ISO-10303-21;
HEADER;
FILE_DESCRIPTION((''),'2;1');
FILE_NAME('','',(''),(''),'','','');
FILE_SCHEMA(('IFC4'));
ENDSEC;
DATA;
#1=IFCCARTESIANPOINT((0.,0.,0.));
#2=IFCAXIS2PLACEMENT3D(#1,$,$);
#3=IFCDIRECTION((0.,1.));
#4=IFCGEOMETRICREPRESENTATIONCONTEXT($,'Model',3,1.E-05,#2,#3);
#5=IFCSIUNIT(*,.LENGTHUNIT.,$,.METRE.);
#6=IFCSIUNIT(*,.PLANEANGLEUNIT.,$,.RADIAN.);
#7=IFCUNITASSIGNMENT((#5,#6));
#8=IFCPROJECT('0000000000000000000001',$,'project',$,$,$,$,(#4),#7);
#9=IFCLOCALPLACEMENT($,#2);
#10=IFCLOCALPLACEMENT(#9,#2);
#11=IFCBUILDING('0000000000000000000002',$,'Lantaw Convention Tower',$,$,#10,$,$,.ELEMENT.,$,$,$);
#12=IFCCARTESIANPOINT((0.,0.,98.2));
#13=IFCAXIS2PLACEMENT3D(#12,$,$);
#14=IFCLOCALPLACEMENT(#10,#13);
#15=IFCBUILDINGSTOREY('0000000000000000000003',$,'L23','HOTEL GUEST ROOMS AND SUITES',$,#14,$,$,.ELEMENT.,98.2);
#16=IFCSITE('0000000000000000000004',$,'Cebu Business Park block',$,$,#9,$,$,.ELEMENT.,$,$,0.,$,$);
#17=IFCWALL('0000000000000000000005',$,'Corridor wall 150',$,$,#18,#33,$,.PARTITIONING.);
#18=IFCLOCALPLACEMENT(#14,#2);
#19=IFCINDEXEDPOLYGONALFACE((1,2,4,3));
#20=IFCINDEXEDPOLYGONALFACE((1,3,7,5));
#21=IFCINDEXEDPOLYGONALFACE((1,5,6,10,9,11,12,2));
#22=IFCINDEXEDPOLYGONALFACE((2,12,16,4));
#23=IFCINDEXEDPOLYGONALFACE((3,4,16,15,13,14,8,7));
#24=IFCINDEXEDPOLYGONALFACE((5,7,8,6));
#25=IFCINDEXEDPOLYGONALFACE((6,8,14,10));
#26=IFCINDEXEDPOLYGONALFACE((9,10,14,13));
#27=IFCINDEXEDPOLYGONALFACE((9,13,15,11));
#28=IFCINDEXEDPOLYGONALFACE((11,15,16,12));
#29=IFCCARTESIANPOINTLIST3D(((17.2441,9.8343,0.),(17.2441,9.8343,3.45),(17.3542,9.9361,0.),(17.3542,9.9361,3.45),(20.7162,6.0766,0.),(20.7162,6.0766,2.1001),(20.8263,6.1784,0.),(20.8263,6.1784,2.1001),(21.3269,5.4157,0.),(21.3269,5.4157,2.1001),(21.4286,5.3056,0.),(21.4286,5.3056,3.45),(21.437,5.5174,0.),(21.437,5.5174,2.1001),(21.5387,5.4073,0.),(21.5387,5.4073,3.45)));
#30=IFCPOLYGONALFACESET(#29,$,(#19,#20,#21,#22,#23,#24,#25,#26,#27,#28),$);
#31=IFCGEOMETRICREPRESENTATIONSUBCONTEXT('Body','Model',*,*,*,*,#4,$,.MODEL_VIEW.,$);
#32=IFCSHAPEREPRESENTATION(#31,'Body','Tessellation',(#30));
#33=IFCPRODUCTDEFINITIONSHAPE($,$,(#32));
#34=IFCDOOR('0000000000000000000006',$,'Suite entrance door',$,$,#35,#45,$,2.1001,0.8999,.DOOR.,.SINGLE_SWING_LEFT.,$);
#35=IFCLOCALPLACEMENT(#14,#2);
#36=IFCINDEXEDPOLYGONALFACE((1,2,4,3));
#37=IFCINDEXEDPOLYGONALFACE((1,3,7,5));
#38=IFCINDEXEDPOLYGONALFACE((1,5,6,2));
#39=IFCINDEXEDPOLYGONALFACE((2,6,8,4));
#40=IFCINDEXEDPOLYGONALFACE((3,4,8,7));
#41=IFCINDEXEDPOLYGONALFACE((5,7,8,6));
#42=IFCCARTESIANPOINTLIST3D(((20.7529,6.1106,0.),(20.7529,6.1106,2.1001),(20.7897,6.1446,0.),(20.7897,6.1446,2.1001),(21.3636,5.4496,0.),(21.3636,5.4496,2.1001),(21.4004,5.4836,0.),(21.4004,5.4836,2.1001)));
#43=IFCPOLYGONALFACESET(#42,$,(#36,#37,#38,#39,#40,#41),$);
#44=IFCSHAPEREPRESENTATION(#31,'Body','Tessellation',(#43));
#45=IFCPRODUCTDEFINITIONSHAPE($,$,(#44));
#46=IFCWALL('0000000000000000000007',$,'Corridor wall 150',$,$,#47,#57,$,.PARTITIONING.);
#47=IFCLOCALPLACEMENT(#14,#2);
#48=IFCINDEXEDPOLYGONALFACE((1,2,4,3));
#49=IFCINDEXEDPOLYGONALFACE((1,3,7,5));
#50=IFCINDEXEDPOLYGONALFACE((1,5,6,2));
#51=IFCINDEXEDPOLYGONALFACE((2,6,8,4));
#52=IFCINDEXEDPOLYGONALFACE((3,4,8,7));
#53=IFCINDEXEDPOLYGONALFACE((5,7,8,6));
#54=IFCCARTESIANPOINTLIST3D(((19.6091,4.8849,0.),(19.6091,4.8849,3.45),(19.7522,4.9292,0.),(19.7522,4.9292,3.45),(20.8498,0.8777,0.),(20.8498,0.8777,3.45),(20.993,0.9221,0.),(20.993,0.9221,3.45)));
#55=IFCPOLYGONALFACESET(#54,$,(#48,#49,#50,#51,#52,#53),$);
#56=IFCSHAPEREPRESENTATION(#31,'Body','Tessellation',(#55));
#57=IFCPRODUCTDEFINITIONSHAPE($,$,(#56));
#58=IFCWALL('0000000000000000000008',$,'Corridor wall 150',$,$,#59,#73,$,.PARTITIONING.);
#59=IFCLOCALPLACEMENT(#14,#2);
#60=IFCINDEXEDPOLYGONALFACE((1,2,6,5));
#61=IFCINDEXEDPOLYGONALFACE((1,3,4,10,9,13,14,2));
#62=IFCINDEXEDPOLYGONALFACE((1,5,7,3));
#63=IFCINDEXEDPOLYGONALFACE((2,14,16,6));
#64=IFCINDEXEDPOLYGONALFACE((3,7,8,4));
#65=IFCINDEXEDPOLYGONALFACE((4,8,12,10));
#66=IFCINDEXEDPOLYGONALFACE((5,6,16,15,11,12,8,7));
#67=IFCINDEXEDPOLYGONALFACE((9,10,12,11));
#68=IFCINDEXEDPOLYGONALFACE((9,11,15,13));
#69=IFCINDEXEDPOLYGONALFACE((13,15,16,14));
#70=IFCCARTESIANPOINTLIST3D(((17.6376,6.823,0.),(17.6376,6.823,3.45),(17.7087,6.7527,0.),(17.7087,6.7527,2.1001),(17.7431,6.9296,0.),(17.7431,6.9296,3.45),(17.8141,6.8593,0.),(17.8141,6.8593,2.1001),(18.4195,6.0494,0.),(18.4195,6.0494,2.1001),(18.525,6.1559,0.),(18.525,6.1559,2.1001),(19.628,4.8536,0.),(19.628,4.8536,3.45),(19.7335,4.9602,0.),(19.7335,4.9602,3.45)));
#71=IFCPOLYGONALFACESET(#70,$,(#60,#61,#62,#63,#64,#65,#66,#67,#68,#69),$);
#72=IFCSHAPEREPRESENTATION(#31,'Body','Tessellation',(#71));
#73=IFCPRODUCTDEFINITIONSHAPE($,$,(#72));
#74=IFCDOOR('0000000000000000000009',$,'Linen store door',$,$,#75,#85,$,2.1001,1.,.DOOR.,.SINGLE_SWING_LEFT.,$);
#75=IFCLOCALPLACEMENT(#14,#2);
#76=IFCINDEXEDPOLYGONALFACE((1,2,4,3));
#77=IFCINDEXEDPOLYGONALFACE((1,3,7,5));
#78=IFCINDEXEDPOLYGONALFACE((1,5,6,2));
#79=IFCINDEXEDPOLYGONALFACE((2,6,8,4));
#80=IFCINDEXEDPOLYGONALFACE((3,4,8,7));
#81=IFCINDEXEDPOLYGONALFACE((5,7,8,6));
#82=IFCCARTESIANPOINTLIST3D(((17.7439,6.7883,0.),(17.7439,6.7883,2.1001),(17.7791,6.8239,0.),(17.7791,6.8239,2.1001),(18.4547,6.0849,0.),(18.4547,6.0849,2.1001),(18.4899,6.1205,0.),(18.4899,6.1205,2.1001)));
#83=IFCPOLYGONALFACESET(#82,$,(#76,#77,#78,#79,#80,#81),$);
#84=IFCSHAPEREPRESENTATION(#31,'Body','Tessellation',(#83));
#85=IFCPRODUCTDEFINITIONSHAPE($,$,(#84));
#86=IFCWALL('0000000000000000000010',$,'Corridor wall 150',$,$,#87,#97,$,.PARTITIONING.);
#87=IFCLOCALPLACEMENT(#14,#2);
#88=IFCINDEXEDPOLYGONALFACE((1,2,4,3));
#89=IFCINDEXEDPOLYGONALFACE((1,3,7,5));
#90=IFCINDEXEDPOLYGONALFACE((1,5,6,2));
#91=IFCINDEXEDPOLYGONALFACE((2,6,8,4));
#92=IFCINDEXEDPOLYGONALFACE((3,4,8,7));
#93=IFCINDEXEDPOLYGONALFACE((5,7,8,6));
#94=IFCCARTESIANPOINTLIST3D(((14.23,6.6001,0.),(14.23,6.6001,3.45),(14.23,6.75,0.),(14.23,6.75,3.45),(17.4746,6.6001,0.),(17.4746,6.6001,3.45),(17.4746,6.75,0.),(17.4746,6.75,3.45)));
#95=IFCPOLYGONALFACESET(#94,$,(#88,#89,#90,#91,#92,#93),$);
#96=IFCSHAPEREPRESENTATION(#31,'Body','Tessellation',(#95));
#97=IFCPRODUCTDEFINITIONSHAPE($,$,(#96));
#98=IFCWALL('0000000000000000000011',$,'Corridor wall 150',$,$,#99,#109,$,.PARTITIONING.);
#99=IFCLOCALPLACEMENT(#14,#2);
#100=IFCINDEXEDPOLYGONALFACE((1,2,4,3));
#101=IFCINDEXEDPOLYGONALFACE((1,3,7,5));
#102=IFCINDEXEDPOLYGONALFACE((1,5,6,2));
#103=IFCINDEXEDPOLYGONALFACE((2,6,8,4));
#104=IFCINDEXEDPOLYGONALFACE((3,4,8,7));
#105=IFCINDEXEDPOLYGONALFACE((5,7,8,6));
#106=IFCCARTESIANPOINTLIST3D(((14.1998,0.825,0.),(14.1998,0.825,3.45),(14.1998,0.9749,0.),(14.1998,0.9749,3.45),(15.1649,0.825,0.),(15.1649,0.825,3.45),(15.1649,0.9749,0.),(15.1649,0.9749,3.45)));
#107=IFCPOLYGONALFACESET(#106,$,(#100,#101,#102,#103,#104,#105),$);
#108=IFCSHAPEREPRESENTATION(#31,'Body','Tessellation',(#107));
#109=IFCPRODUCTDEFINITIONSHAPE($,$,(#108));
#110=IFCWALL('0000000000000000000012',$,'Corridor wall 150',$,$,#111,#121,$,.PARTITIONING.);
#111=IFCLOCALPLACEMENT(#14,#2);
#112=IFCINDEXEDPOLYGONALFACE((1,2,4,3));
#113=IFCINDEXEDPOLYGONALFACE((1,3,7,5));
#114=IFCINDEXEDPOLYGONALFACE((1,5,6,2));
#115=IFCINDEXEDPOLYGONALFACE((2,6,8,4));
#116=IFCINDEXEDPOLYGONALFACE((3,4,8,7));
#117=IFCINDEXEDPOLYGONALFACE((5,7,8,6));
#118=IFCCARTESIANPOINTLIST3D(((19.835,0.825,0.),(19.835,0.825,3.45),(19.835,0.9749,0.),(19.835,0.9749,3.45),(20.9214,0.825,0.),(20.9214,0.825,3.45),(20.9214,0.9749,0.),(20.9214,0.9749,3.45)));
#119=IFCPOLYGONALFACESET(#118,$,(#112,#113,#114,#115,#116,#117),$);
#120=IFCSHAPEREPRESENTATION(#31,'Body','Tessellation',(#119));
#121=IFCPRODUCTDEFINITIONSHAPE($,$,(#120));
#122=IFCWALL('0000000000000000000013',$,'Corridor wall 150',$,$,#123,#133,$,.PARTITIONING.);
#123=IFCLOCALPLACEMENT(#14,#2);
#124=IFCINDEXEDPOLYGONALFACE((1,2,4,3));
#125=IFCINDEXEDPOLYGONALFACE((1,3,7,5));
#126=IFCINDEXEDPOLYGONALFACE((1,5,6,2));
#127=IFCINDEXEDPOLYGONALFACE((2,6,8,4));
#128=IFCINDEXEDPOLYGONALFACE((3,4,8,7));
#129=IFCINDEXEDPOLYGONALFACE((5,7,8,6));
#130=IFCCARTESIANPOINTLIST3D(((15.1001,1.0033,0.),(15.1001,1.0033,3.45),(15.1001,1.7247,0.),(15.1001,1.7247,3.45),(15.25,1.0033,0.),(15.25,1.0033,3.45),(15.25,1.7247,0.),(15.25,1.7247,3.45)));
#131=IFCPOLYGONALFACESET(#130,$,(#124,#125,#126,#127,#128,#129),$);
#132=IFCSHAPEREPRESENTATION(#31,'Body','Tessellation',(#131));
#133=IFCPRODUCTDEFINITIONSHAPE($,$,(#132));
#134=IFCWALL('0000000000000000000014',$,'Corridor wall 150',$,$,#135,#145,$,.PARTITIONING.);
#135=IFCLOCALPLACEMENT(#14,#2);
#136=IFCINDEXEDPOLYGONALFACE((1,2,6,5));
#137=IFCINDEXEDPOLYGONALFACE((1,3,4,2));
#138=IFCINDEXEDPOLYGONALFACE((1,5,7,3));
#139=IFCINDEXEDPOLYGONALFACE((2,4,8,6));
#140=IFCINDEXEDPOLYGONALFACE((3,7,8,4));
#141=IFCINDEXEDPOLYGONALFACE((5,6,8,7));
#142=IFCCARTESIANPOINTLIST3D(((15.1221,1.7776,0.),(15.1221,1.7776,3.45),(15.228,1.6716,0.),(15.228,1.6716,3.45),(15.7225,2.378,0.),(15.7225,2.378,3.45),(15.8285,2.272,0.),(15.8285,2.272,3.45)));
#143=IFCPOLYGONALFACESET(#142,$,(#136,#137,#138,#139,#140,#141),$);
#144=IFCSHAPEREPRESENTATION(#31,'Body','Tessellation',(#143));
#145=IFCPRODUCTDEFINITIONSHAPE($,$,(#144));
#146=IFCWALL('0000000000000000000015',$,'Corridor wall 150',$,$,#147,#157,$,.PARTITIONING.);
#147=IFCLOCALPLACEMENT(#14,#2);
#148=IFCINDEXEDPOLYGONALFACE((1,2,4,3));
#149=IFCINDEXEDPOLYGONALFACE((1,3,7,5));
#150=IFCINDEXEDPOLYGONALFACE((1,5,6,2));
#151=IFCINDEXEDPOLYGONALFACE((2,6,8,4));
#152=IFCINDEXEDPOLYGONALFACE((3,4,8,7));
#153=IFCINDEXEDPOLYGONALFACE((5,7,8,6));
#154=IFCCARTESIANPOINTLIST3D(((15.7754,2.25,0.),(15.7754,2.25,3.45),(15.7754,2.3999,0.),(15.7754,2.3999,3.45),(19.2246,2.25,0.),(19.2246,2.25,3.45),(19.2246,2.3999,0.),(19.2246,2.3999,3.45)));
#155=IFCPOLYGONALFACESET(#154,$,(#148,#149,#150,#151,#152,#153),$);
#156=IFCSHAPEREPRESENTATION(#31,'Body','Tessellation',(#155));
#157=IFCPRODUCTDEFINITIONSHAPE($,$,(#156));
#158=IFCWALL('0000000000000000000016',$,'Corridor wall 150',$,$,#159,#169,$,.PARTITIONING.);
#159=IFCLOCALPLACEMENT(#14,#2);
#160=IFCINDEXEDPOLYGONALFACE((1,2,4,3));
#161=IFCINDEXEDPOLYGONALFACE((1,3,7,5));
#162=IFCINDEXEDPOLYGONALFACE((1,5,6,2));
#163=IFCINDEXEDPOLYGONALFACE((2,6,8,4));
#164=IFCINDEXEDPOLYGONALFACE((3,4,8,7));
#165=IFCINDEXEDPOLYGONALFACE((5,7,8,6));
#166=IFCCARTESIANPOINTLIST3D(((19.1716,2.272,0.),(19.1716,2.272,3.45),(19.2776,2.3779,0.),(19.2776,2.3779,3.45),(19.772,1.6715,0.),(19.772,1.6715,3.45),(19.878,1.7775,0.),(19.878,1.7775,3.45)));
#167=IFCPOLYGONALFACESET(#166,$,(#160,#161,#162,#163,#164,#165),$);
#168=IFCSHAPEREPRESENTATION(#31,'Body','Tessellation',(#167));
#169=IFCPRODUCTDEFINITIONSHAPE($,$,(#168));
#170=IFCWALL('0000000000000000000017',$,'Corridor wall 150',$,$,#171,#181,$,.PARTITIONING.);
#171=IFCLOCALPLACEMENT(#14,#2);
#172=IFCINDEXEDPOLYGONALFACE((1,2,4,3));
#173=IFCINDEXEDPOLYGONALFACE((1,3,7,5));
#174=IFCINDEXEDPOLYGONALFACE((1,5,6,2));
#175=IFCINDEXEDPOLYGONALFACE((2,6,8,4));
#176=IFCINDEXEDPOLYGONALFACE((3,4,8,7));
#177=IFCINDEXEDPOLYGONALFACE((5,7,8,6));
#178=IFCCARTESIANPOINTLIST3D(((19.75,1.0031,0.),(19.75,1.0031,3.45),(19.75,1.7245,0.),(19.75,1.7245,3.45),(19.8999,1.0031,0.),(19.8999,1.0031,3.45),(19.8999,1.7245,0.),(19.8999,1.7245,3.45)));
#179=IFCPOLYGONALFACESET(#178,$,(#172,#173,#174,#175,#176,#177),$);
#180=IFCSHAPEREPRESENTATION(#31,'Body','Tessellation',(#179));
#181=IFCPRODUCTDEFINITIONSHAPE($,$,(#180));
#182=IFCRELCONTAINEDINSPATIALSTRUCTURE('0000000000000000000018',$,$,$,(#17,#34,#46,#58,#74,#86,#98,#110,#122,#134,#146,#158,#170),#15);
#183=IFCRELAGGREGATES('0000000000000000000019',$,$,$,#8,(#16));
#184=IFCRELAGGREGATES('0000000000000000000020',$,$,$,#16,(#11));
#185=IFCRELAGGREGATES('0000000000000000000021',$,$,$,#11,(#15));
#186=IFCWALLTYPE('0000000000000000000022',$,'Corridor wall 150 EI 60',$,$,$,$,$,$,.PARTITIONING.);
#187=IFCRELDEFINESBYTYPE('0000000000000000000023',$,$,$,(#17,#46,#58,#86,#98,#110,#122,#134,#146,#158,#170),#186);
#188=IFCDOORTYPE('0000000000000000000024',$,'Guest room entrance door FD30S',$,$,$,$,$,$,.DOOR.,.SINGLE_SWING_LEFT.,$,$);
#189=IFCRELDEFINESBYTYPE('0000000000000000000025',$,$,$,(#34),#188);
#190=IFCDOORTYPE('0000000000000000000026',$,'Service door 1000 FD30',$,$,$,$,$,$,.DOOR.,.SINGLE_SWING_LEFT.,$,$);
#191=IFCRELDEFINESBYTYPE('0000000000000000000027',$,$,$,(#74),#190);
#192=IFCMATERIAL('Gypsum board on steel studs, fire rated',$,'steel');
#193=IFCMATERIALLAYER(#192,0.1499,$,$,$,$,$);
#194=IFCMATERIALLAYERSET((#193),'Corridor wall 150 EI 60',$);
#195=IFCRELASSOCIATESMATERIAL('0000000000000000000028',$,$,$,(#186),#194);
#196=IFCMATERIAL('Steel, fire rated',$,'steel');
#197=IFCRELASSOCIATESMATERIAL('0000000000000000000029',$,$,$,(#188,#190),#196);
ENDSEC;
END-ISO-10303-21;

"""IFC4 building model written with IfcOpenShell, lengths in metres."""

from ifc_helpers import new_model, si_unit, direction, frame, frame_2d, origin, place, context, subcontext, project, spatial, rectangle, extrude, material, layer, layer_set, type_object, element, fill, save


model = new_model("IFC4")

# Units and contexts
model_context = context("Model", 3, precision=1e-05, world=origin(), true_north=direction((0.0, 1.0)))
body_context = subcontext(model_context, "Body", "Model", "MODEL_VIEW")
ifc_project = project(units=[si_unit("LENGTHUNIT", "METRE"), si_unit("PLANEANGLEUNIT", "RADIAN")], contexts=[model_context])

# Site, building, storey
site_placement = place(None, origin())
site = spatial("IfcSite", under=ifc_project, at=site_placement, Name="Cebu Business Park block", CompositionType="ELEMENT", RefElevation=0.0)
building_placement = place(site_placement, origin())
building = spatial("IfcBuilding", under=site, at=building_placement, Name="Lantaw Convention Tower", CompositionType="ELEMENT")
storey_placement = place(building_placement, frame((0.0, 0.0, 98.2)))
storey = spatial("IfcBuildingStorey", under=building, at=storey_placement, Name="L23", Description="HOTEL GUEST ROOMS AND SUITES", CompositionType="ELEMENT", Elevation=98.2)

# Shared definitions
ifc_material_1 = material(Name="Gypsum board on steel studs, fire rated", Category="steel")
ifc_layer_1 = layer(ifc_material_1, 0.1499)
ifc_layer_set_1 = layer_set([ifc_layer_1], Name="Corridor wall 150 EI 60")
wall_type_1 = type_object("IfcWallType", Name="Corridor wall 150 EI 60", PredefinedType="PARTITIONING", material=ifc_layer_set_1)

# Wall, opening, door
wall_1_placement = place(storey_placement, frame((21.4836, 5.3564, 0.0), z_axis=(0.0, 0.0, 1.0), x_axis=(-0.678642, 0.734469, 0.0)))
wall_1 = element("IfcWall", 1, at=wall_1_placement, inside=storey, type_object=wall_type_1, Name="Corridor wall 150", PredefinedType="PARTITIONING", context=body_context, shape_type="SweptSolid", body=[
    extrude(rectangle(XDim=6.166, YDim=0.1499, at=frame_2d((3.083, 0.0))), origin(), (0.0, 0.0, 1.0), 3.45),
])
opening_1_placement = place(wall_1_placement, frame((0.1499, 0.0, 0.0)))
opening_1 = element("IfcOpeningElement", 2, at=opening_1_placement, cuts=wall_1, PredefinedType="OPENING", context=body_context, shape_type="SweptSolid", body=[
    extrude(rectangle(XDim=0.8999, YDim=2.1001, at=frame_2d((0.45, 1.05))), frame((0.0, 0.085, 0.0), z_axis=(0.0, -1.0, 0.0), x_axis=(1.0, 0.0, 0.0)), (0.0, 0.0, 1.0), 0.1699),
])
ifc_material_2 = material(Name="Steel, fire rated", Category="steel")
door_type_1 = type_object("IfcDoorType", Name="Guest room entrance door FD30S", OperationType="SINGLE_SWING_LEFT", PredefinedType="DOOR", material=ifc_material_2)
door_1_placement = place(opening_1_placement, origin())
door_1 = element("IfcDoor", 3, at=door_1_placement, inside=storey, type_object=door_type_1, Name="Suite entrance door", OperationType="SINGLE_SWING_LEFT", OverallHeight=2.1001, OverallWidth=0.8999, PredefinedType="DOOR", context=body_context, shape_type="SweptSolid", body=[
    extrude(rectangle(XDim=0.8999, YDim=2.1001, at=frame_2d((0.45, 1.05))), frame((0.0, 0.0249, 0.0), z_axis=(0.0, -1.0, 0.0), x_axis=(1.0, 0.0, 0.0)), (0.0, 0.0, 1.0), 0.05),
])
fill(opening_1, door_1)

# Wall
wall_2_placement = place(storey_placement, frame((20.9214, 0.8999, 0.0), z_axis=(0.0, 0.0, 1.0), x_axis=(-0.295779, 0.955257, 0.0)))
element("IfcWall", 4, at=wall_2_placement, inside=storey, type_object=wall_type_1, Name="Corridor wall 150", PredefinedType="PARTITIONING", context=body_context, shape_type="SweptSolid", body=[
    extrude(rectangle(XDim=4.1948, YDim=0.1499, at=frame_2d((2.0974, 0.0))), origin(), (0.0, 0.0, 1.0), 3.45),
])

# Wall, opening, door
wall_3_placement = place(storey_placement, frame((19.6807, 4.907, 0.0), z_axis=(0.0, 0.0, 1.0), x_axis=(-0.710846, 0.703348, 0.0)))
wall_3 = element("IfcWall", 5, at=wall_3_placement, inside=storey, type_object=wall_type_1, Name="Corridor wall 150", PredefinedType="PARTITIONING", context=body_context, shape_type="SweptSolid", body=[
    extrude(rectangle(XDim=2.8, YDim=0.1499, at=frame_2d((1.3999, 0.0))), origin(), (0.0, 0.0, 1.0), 3.45),
])
opening_2_placement = place(wall_3_placement, frame((1.7, 0.0, 0.0)))
opening_2 = element("IfcOpeningElement", 6, at=opening_2_placement, cuts=wall_3, PredefinedType="OPENING", context=body_context, shape_type="SweptSolid", body=[
    extrude(rectangle(XDim=1.0, YDim=2.1001, at=frame_2d((0.5, 1.05))), frame((0.0, 0.085, 0.0), z_axis=(0.0, -1.0, 0.0), x_axis=(1.0, 0.0, 0.0)), (0.0, 0.0, 1.0), 0.1699),
])
door_type_2 = type_object("IfcDoorType", Name="Service door 1000 FD30", OperationType="SINGLE_SWING_LEFT", PredefinedType="DOOR", material=ifc_material_2)
door_2_placement = place(opening_2_placement, origin())
door_2 = element("IfcDoor", 7, at=door_2_placement, inside=storey, type_object=door_type_2, Name="Linen store door", OperationType="SINGLE_SWING_LEFT", OverallHeight=2.1001, OverallWidth=1.0, PredefinedType="DOOR", context=body_context, shape_type="SweptSolid", body=[
    extrude(rectangle(XDim=1.0, YDim=2.1001, at=frame_2d((0.5, 1.05))), frame((0.0, 0.0249, 0.0), z_axis=(0.0, -1.0, 0.0), x_axis=(1.0, 0.0, 0.0)), (0.0, 0.0, 1.0), 0.05),
])
fill(opening_2, door_2)

# Walls
wall_4_placement = place(storey_placement, frame((17.4746, 6.675, 0.0), z_axis=(0.0, 0.0, 1.0), x_axis=(-1.0, 0.0, 0.0)))
element("IfcWall", 8, at=wall_4_placement, inside=storey, type_object=wall_type_1, Name="Corridor wall 150", PredefinedType="PARTITIONING", context=body_context, shape_type="SweptSolid", body=[
    extrude(rectangle(XDim=3.2446, YDim=0.1499, at=frame_2d((1.6223, 0.0))), origin(), (0.0, 0.0, 1.0), 3.45),
])
wall_5_placement = place(storey_placement, frame((14.2, 0.8999, 0.0), z_axis=(0.0, 0.0, 1.0), x_axis=(1.0, 0.0, 0.0)))
element("IfcWall", 9, at=wall_5_placement, inside=storey, type_object=wall_type_1, Name="Corridor wall 150", PredefinedType="PARTITIONING", context=body_context, shape_type="SweptSolid", body=[
    extrude(rectangle(XDim=0.9651, YDim=0.1499, at=frame_2d((0.4824, 0.0))), origin(), (0.0, 0.0, 1.0), 3.45),
])
wall_6_placement = place(storey_placement, frame((19.835, 0.8999, 0.0), z_axis=(0.0, 0.0, 1.0), x_axis=(1.0, 0.0, 0.0)))
element("IfcWall", 10, at=wall_6_placement, inside=storey, type_object=wall_type_1, Name="Corridor wall 150", PredefinedType="PARTITIONING", context=body_context, shape_type="SweptSolid", body=[
    extrude(rectangle(XDim=1.0864, YDim=0.1499, at=frame_2d((0.5432, 0.0))), origin(), (0.0, 0.0, 1.0), 3.45),
])
wall_7_placement = place(storey_placement, frame((15.175, 1.0032, 0.0), z_axis=(0.0, 0.0, 1.0), x_axis=(0.0, 1.0, 0.0)))
element("IfcWall", 11, at=wall_7_placement, inside=storey, type_object=wall_type_1, Name="Corridor wall 150", PredefinedType="PARTITIONING", context=body_context, shape_type="SweptSolid", body=[
    extrude(rectangle(XDim=0.7214, YDim=0.1499, at=frame_2d((0.3608, 0.0))), origin(), (0.0, 0.0, 1.0), 3.45),
])
wall_8_placement = place(storey_placement, frame((15.175, 1.7246, 0.0), z_axis=(0.0, 0.0, 1.0), x_axis=(0.707107, 0.707107, 0.0)))
element("IfcWall", 12, at=wall_8_placement, inside=storey, type_object=wall_type_1, Name="Corridor wall 150", PredefinedType="PARTITIONING", context=body_context, shape_type="SweptSolid", body=[
    extrude(rectangle(XDim=0.8491, YDim=0.1499, at=frame_2d((0.4246, 0.0))), origin(), (0.0, 0.0, 1.0), 3.45),
])
wall_9_placement = place(storey_placement, frame((15.7754, 2.325, 0.0), z_axis=(0.0, 0.0, 1.0), x_axis=(1.0, 0.0, 0.0)))
element("IfcWall", 13, at=wall_9_placement, inside=storey, type_object=wall_type_1, Name="Corridor wall 150", PredefinedType="PARTITIONING", context=body_context, shape_type="SweptSolid", body=[
    extrude(rectangle(XDim=3.4492, YDim=0.1499, at=frame_2d((1.7246, 0.0))), origin(), (0.0, 0.0, 1.0), 3.45),
])
wall_10_placement = place(storey_placement, frame((19.2246, 2.325, 0.0), z_axis=(0.0, 0.0, 1.0), x_axis=(0.707107, -0.707107, 0.0)))
element("IfcWall", 14, at=wall_10_placement, inside=storey, type_object=wall_type_1, Name="Corridor wall 150", PredefinedType="PARTITIONING", context=body_context, shape_type="SweptSolid", body=[
    extrude(rectangle(XDim=0.8491, YDim=0.1499, at=frame_2d((0.4246, 0.0))), origin(), (0.0, 0.0, 1.0), 3.45),
])
wall_11_placement = place(storey_placement, frame((19.825, 1.7246, 0.0), z_axis=(0.0, 0.0, 1.0), x_axis=(0.0, -1.0, 0.0)))
element("IfcWall", 15, at=wall_11_placement, inside=storey, type_object=wall_type_1, Name="Corridor wall 150", PredefinedType="PARTITIONING", context=body_context, shape_type="SweptSolid", body=[
    extrude(rectangle(XDim=0.7214, YDim=0.1499, at=frame_2d((0.3608, 0.0))), origin(), (0.0, 0.0, 1.0), 3.45),
])

save(model, "model.ifc")
